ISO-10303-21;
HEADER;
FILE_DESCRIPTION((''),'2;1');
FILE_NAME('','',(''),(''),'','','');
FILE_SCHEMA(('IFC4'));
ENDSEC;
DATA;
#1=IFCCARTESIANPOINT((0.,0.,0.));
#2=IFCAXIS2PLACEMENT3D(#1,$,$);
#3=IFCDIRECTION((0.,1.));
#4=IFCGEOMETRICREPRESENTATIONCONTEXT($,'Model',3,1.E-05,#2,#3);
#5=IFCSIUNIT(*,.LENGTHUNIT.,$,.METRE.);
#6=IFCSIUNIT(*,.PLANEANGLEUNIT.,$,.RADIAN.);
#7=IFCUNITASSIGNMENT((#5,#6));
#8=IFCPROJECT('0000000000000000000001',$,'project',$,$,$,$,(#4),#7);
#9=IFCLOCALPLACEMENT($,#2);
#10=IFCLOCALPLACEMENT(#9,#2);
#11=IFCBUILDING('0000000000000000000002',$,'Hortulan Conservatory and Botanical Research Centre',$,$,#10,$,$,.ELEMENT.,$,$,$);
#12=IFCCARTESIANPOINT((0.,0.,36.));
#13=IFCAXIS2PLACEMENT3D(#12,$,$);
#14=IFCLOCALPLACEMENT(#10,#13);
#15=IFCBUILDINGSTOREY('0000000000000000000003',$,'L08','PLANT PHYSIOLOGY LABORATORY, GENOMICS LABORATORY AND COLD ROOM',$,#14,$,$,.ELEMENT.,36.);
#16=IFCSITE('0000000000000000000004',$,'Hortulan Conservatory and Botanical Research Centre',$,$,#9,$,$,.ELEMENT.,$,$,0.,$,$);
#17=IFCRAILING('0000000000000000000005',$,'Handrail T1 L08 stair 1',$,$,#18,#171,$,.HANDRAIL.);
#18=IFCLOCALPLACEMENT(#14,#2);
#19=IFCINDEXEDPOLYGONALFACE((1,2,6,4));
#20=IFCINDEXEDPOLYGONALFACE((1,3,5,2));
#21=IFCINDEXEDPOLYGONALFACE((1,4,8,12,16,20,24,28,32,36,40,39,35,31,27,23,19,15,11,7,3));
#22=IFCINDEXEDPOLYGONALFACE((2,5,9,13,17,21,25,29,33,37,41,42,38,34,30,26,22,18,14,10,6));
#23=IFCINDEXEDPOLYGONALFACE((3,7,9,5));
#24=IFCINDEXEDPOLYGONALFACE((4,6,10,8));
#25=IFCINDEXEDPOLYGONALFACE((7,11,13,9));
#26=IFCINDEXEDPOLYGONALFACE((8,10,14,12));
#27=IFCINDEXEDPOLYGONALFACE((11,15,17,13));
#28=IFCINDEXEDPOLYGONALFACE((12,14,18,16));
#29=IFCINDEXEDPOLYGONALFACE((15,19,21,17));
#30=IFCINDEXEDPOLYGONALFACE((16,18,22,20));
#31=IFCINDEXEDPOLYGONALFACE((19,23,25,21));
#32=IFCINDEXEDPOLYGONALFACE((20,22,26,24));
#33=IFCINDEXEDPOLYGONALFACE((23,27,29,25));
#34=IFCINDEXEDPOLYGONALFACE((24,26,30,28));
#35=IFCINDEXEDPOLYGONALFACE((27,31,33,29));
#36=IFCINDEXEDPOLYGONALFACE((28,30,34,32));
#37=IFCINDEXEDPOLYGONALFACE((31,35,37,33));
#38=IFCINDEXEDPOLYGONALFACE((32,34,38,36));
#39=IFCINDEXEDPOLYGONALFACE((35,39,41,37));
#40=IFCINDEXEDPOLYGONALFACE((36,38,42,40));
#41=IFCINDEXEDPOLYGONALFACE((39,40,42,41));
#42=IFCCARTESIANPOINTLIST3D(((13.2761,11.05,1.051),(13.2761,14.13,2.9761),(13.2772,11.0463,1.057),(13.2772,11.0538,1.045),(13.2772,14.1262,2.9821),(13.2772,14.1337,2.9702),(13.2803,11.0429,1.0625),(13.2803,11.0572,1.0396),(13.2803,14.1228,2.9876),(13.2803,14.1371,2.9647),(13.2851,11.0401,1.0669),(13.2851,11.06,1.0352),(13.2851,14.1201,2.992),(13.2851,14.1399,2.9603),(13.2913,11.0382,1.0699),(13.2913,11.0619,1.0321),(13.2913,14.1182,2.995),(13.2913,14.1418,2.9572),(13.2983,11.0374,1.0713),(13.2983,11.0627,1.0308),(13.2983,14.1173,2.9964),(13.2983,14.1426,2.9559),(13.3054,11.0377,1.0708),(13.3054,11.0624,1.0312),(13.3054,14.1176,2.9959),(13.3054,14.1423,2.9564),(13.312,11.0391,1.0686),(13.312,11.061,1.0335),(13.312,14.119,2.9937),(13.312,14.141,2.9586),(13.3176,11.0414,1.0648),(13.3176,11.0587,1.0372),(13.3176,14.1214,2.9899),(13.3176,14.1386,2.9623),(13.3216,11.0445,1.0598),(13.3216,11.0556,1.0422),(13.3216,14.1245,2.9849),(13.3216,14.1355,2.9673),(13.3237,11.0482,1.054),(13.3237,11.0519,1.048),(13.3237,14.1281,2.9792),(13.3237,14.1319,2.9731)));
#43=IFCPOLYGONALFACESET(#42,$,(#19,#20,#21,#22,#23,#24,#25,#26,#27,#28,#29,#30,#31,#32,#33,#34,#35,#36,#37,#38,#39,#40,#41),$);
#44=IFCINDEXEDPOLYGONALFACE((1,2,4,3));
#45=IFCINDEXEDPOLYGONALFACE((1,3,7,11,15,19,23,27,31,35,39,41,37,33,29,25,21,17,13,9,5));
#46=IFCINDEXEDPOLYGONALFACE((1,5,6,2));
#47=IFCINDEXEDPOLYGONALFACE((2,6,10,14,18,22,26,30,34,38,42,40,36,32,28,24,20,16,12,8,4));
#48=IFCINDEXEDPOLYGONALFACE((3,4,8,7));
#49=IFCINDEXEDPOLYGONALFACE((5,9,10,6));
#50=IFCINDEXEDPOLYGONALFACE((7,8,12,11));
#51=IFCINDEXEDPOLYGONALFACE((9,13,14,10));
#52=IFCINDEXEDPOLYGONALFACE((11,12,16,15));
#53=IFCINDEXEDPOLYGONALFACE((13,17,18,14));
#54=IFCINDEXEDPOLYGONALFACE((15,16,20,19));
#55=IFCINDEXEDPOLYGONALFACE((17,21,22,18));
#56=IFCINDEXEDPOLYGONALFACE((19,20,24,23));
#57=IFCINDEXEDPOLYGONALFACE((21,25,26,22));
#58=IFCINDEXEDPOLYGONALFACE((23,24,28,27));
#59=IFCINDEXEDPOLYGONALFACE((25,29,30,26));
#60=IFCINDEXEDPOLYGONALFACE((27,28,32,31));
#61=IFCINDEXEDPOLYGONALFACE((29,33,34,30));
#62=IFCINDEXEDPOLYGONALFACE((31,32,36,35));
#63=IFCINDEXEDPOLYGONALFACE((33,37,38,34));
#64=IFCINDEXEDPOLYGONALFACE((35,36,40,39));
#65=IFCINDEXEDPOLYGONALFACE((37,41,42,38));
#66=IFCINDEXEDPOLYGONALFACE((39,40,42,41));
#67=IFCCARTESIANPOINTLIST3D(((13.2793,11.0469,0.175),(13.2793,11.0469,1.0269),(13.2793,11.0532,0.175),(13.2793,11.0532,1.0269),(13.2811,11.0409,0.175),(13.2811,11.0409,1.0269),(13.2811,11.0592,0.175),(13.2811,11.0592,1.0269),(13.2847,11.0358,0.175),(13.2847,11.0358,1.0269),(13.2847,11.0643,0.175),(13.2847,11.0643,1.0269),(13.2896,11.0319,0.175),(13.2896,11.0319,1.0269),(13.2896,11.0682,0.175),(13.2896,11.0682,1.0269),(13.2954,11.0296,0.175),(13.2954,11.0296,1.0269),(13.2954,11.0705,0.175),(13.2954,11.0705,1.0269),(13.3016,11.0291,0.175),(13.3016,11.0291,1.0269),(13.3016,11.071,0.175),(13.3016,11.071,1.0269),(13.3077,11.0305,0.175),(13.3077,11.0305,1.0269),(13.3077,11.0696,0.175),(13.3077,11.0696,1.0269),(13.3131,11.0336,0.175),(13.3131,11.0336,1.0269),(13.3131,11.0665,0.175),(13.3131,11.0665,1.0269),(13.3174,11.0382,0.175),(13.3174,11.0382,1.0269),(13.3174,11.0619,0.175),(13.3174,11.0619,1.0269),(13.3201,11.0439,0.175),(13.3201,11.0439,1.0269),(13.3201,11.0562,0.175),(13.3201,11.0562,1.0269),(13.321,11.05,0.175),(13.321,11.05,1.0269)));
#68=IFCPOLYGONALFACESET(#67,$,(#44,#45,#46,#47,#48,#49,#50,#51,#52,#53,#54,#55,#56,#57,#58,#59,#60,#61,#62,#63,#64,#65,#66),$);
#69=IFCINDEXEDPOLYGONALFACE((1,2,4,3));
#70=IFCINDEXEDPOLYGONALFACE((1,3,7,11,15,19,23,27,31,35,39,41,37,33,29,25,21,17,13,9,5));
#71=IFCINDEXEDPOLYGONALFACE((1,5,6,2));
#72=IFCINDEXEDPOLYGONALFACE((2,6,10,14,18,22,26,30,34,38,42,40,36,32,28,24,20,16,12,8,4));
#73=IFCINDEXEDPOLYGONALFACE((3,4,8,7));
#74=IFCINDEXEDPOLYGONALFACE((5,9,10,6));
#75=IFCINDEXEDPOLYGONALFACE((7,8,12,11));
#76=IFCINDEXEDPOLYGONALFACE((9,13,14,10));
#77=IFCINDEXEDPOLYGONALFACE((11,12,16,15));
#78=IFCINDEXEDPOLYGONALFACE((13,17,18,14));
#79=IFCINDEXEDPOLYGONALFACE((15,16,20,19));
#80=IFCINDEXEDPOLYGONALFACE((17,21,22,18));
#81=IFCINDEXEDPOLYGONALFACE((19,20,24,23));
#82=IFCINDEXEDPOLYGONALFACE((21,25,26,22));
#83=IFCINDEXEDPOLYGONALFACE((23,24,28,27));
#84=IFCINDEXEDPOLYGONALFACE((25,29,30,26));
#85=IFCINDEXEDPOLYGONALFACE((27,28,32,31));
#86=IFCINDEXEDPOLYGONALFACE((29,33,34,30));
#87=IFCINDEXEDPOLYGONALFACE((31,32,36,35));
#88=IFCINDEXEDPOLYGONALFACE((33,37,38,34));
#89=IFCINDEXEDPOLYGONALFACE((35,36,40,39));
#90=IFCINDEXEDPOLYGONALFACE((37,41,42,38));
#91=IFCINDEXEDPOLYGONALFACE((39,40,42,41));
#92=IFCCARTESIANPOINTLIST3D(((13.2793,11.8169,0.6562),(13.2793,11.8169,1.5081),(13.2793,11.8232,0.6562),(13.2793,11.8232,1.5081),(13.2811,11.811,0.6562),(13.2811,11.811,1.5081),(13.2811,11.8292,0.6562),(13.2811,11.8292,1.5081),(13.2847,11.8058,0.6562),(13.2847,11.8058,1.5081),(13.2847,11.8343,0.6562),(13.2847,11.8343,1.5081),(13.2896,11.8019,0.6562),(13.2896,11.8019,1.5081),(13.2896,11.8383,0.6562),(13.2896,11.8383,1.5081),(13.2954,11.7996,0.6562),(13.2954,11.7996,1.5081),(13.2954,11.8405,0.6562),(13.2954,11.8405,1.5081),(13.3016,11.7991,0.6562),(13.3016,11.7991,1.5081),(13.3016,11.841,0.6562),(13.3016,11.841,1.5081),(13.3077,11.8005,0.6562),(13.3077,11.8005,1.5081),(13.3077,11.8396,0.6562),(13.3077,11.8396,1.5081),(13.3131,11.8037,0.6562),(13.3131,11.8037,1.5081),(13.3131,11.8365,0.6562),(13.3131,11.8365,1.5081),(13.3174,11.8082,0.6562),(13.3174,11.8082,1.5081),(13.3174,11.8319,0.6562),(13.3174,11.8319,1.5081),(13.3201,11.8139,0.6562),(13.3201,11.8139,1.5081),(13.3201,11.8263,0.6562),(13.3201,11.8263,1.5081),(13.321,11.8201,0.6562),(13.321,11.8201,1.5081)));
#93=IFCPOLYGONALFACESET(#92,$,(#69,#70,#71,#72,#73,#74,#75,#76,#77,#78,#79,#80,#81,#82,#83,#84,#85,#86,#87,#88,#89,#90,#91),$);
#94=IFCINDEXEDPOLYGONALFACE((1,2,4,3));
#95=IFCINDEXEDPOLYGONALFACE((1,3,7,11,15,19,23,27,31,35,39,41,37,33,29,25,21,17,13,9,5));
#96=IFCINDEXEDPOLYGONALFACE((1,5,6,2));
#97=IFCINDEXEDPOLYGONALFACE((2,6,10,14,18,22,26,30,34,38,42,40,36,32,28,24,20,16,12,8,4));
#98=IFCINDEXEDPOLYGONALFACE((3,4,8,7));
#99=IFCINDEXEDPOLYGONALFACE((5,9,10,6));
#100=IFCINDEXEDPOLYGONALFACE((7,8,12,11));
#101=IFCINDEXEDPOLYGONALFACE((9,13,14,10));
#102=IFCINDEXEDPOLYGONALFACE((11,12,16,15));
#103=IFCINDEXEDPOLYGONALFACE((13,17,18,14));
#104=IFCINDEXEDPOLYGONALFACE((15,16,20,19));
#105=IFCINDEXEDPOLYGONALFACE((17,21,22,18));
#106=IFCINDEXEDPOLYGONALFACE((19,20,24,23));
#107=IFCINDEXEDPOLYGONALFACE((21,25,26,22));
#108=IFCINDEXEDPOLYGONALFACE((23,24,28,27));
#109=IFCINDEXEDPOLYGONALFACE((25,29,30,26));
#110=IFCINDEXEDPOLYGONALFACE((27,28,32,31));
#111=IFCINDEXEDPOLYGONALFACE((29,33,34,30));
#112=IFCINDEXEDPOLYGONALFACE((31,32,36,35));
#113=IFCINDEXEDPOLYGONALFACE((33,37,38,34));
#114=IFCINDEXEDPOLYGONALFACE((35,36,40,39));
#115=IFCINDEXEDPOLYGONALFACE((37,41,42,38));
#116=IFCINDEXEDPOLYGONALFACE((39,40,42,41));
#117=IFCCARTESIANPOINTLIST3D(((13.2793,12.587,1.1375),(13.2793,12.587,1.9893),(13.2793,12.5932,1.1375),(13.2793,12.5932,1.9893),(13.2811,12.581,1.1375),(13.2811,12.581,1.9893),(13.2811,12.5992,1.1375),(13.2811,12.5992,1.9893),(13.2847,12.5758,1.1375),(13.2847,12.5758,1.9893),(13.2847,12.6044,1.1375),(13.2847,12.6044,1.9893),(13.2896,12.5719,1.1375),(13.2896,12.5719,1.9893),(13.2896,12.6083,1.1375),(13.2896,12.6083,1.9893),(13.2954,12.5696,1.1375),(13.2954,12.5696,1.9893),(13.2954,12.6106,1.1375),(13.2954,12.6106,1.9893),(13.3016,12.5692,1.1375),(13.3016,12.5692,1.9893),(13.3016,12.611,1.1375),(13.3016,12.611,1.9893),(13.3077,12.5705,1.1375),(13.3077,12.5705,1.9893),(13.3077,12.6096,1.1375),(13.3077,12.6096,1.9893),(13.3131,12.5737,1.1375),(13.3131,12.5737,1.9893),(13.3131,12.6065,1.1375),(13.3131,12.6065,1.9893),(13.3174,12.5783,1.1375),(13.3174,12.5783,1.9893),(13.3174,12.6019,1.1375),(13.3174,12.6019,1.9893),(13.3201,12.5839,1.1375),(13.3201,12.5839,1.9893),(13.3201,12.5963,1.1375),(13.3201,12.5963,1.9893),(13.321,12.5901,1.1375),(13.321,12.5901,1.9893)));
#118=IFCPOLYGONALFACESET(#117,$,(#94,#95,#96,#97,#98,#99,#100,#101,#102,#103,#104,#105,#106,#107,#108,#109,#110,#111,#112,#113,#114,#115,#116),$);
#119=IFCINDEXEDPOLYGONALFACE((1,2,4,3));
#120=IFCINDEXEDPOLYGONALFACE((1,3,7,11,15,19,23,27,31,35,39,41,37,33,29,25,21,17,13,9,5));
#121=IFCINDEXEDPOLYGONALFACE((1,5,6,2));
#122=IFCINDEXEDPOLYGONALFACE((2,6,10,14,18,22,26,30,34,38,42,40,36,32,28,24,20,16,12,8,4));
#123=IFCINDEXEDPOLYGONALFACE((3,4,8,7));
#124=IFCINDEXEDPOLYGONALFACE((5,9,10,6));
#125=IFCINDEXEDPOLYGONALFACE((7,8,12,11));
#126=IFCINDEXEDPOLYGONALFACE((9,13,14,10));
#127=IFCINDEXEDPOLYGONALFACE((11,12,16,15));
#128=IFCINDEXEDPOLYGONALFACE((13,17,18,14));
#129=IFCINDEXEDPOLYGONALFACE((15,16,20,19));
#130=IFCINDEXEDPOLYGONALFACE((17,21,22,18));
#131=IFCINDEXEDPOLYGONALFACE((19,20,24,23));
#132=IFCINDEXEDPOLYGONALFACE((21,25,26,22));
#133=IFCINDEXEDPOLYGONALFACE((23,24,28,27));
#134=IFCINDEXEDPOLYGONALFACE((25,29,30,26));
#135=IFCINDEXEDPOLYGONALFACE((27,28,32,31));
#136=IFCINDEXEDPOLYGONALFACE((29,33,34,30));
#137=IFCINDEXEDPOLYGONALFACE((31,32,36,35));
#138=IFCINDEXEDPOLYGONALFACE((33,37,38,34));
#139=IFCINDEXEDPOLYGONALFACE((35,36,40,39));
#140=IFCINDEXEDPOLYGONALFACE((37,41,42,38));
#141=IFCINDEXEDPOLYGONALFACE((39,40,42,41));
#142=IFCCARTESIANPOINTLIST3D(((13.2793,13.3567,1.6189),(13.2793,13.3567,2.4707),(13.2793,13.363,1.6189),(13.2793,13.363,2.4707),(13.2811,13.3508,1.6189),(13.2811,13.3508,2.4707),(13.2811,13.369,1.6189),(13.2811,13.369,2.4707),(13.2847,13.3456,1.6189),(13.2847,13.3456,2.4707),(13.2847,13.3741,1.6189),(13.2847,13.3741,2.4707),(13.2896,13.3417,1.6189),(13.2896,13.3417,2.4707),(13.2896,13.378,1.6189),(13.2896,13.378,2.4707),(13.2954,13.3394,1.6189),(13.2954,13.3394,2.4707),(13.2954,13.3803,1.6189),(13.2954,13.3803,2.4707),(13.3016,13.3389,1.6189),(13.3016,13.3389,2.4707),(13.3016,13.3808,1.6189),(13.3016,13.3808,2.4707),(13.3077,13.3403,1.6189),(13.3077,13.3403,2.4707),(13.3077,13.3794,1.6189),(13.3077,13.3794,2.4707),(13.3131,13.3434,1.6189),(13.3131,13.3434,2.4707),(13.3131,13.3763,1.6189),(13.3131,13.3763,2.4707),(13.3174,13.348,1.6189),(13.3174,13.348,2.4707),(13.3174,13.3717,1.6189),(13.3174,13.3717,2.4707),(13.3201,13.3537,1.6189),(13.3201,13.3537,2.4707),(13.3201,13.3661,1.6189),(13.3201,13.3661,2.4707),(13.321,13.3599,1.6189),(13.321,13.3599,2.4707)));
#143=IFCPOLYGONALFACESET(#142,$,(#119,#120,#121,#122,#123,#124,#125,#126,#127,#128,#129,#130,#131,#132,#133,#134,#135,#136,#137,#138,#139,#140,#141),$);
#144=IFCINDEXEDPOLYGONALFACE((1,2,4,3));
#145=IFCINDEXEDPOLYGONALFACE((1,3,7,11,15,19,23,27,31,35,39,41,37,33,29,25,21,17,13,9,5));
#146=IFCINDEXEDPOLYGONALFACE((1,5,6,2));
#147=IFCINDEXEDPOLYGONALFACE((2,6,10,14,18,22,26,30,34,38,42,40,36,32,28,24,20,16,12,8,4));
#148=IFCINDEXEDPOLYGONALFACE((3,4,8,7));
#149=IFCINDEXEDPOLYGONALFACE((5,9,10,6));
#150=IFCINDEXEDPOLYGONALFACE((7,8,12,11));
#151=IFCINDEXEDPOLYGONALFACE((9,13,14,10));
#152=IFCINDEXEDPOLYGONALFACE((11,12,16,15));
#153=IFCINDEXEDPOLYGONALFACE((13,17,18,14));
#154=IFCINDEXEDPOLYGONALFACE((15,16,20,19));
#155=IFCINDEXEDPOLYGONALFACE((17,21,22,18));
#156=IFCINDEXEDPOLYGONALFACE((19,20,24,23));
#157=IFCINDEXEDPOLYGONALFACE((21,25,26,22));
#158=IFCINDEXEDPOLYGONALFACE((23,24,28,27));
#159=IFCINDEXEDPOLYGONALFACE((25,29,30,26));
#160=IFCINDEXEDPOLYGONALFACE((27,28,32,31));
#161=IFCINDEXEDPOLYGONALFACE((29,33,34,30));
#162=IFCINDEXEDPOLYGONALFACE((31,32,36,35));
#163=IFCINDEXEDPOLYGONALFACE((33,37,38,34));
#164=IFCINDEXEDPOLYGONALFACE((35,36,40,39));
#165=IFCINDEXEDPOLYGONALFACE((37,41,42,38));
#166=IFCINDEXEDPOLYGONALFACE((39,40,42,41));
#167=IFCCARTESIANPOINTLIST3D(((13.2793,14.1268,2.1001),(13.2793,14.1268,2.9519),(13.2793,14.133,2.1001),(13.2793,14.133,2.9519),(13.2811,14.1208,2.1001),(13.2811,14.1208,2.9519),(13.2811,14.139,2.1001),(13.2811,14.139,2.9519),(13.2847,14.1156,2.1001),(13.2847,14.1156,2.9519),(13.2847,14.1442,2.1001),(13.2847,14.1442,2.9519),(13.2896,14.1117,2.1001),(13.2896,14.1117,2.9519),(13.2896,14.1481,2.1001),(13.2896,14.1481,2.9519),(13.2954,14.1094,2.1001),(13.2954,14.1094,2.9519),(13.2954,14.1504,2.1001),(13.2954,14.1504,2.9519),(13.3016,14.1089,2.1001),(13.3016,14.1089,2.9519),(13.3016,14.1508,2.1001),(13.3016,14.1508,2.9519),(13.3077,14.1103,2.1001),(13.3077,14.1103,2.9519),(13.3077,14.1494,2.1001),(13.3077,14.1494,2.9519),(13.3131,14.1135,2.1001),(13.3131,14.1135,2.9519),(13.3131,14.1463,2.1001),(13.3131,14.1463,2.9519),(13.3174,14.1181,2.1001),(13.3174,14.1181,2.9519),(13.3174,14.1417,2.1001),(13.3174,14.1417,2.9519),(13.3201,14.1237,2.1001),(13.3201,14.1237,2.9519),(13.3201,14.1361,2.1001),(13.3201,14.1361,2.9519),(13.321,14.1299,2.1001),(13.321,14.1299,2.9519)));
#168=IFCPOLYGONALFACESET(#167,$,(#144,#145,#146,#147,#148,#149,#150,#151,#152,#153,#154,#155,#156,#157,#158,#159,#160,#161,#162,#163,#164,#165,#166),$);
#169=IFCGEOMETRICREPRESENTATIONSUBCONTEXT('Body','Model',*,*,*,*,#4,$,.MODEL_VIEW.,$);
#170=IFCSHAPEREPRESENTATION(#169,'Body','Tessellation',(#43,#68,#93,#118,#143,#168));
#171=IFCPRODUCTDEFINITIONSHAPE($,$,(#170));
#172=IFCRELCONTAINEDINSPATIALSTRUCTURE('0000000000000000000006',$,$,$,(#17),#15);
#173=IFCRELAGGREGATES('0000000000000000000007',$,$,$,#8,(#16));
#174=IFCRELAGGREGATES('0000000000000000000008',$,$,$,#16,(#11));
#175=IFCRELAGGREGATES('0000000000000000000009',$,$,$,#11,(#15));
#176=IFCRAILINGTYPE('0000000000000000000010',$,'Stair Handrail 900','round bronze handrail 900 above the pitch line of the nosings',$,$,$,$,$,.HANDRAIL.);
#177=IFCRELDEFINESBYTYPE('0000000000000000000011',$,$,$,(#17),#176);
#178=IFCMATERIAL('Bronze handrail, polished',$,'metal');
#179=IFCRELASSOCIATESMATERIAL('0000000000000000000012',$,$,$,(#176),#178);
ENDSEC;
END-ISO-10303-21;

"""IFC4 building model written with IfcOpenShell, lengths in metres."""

from ifc_helpers import new_model, si_unit, direction, frame, origin, origin_2d, place, context, subcontext, project, spatial, circle, extrude, material, type_object, element, save


model = new_model("IFC4")

# Units and contexts
model_context = context("Model", 3, precision=1e-05, world=origin(), true_north=direction((0.0, 1.0)))
body_context = subcontext(model_context, "Body", "Model", "MODEL_VIEW")
ifc_project = project(units=[si_unit("LENGTHUNIT", "METRE"), si_unit("PLANEANGLEUNIT", "RADIAN")], contexts=[model_context])

# Site, building, storey
site_placement = place(None, origin())
site = spatial("IfcSite", under=ifc_project, at=site_placement, Name="Hortulan Conservatory and Botanical Research Centre", CompositionType="ELEMENT", RefElevation=0.0)
building_placement = place(site_placement, origin())
building = spatial("IfcBuilding", under=site, at=building_placement, Name="Hortulan Conservatory and Botanical Research Centre", CompositionType="ELEMENT")
storey_placement = place(building_placement, frame((0.0, 0.0, 36.0)))
storey = spatial("IfcBuildingStorey", under=building, at=storey_placement, Name="L08", Description="PLANT PHYSIOLOGY LABORATORY, GENOMICS LABORATORY AND COLD ROOM", CompositionType="ELEMENT", Elevation=36.0)

# Railing
ifc_material_1 = material(Name="Bronze handrail, polished", Category="metal")
railing_type_1 = type_object("IfcRailingType", Name="Stair Handrail 900", Description="round bronze handrail 900 above the pitch line of the nosings", PredefinedType="HANDRAIL", material=ifc_material_1)
railing_1_placement = place(storey_placement, frame((13.3, 11.05, 0.175)))
element("IfcRailing", 1, at=railing_1_placement, inside=storey, type_object=railing_type_1, Name="Handrail T1 L08 stair 1", PredefinedType="HANDRAIL", context=body_context, shape_type="SweptSolid", body=[
    extrude(circle(Radius=0.0239, at=origin_2d()), frame((0.0, 0.0, 0.876), z_axis=(0.0, 0.847979, 0.530029), x_axis=(-1.0, 0.0, 0.0)), (0.0, 0.0, 1.0), 3.6321),
    extrude(circle(Radius=0.021, at=origin_2d()), origin(), (0.0, 0.0, 1.0), 0.8518),
    extrude(circle(Radius=0.021, at=origin_2d()), frame((0.0, 0.77, 0.4812)), (0.0, 0.0, 1.0), 0.8518),
    extrude(circle(Radius=0.021, at=origin_2d()), frame((0.0, 1.54, 0.9624)), (0.0, 0.0, 1.0), 0.8518),
    extrude(circle(Radius=0.021, at=origin_2d()), frame((0.0, 2.3098, 1.4438)), (0.0, 0.0, 1.0), 0.8518),
    extrude(circle(Radius=0.021, at=origin_2d()), frame((0.0, 3.0798, 1.925)), (0.0, 0.0, 1.0), 0.8518),
])

save(model, "model.ifc")
